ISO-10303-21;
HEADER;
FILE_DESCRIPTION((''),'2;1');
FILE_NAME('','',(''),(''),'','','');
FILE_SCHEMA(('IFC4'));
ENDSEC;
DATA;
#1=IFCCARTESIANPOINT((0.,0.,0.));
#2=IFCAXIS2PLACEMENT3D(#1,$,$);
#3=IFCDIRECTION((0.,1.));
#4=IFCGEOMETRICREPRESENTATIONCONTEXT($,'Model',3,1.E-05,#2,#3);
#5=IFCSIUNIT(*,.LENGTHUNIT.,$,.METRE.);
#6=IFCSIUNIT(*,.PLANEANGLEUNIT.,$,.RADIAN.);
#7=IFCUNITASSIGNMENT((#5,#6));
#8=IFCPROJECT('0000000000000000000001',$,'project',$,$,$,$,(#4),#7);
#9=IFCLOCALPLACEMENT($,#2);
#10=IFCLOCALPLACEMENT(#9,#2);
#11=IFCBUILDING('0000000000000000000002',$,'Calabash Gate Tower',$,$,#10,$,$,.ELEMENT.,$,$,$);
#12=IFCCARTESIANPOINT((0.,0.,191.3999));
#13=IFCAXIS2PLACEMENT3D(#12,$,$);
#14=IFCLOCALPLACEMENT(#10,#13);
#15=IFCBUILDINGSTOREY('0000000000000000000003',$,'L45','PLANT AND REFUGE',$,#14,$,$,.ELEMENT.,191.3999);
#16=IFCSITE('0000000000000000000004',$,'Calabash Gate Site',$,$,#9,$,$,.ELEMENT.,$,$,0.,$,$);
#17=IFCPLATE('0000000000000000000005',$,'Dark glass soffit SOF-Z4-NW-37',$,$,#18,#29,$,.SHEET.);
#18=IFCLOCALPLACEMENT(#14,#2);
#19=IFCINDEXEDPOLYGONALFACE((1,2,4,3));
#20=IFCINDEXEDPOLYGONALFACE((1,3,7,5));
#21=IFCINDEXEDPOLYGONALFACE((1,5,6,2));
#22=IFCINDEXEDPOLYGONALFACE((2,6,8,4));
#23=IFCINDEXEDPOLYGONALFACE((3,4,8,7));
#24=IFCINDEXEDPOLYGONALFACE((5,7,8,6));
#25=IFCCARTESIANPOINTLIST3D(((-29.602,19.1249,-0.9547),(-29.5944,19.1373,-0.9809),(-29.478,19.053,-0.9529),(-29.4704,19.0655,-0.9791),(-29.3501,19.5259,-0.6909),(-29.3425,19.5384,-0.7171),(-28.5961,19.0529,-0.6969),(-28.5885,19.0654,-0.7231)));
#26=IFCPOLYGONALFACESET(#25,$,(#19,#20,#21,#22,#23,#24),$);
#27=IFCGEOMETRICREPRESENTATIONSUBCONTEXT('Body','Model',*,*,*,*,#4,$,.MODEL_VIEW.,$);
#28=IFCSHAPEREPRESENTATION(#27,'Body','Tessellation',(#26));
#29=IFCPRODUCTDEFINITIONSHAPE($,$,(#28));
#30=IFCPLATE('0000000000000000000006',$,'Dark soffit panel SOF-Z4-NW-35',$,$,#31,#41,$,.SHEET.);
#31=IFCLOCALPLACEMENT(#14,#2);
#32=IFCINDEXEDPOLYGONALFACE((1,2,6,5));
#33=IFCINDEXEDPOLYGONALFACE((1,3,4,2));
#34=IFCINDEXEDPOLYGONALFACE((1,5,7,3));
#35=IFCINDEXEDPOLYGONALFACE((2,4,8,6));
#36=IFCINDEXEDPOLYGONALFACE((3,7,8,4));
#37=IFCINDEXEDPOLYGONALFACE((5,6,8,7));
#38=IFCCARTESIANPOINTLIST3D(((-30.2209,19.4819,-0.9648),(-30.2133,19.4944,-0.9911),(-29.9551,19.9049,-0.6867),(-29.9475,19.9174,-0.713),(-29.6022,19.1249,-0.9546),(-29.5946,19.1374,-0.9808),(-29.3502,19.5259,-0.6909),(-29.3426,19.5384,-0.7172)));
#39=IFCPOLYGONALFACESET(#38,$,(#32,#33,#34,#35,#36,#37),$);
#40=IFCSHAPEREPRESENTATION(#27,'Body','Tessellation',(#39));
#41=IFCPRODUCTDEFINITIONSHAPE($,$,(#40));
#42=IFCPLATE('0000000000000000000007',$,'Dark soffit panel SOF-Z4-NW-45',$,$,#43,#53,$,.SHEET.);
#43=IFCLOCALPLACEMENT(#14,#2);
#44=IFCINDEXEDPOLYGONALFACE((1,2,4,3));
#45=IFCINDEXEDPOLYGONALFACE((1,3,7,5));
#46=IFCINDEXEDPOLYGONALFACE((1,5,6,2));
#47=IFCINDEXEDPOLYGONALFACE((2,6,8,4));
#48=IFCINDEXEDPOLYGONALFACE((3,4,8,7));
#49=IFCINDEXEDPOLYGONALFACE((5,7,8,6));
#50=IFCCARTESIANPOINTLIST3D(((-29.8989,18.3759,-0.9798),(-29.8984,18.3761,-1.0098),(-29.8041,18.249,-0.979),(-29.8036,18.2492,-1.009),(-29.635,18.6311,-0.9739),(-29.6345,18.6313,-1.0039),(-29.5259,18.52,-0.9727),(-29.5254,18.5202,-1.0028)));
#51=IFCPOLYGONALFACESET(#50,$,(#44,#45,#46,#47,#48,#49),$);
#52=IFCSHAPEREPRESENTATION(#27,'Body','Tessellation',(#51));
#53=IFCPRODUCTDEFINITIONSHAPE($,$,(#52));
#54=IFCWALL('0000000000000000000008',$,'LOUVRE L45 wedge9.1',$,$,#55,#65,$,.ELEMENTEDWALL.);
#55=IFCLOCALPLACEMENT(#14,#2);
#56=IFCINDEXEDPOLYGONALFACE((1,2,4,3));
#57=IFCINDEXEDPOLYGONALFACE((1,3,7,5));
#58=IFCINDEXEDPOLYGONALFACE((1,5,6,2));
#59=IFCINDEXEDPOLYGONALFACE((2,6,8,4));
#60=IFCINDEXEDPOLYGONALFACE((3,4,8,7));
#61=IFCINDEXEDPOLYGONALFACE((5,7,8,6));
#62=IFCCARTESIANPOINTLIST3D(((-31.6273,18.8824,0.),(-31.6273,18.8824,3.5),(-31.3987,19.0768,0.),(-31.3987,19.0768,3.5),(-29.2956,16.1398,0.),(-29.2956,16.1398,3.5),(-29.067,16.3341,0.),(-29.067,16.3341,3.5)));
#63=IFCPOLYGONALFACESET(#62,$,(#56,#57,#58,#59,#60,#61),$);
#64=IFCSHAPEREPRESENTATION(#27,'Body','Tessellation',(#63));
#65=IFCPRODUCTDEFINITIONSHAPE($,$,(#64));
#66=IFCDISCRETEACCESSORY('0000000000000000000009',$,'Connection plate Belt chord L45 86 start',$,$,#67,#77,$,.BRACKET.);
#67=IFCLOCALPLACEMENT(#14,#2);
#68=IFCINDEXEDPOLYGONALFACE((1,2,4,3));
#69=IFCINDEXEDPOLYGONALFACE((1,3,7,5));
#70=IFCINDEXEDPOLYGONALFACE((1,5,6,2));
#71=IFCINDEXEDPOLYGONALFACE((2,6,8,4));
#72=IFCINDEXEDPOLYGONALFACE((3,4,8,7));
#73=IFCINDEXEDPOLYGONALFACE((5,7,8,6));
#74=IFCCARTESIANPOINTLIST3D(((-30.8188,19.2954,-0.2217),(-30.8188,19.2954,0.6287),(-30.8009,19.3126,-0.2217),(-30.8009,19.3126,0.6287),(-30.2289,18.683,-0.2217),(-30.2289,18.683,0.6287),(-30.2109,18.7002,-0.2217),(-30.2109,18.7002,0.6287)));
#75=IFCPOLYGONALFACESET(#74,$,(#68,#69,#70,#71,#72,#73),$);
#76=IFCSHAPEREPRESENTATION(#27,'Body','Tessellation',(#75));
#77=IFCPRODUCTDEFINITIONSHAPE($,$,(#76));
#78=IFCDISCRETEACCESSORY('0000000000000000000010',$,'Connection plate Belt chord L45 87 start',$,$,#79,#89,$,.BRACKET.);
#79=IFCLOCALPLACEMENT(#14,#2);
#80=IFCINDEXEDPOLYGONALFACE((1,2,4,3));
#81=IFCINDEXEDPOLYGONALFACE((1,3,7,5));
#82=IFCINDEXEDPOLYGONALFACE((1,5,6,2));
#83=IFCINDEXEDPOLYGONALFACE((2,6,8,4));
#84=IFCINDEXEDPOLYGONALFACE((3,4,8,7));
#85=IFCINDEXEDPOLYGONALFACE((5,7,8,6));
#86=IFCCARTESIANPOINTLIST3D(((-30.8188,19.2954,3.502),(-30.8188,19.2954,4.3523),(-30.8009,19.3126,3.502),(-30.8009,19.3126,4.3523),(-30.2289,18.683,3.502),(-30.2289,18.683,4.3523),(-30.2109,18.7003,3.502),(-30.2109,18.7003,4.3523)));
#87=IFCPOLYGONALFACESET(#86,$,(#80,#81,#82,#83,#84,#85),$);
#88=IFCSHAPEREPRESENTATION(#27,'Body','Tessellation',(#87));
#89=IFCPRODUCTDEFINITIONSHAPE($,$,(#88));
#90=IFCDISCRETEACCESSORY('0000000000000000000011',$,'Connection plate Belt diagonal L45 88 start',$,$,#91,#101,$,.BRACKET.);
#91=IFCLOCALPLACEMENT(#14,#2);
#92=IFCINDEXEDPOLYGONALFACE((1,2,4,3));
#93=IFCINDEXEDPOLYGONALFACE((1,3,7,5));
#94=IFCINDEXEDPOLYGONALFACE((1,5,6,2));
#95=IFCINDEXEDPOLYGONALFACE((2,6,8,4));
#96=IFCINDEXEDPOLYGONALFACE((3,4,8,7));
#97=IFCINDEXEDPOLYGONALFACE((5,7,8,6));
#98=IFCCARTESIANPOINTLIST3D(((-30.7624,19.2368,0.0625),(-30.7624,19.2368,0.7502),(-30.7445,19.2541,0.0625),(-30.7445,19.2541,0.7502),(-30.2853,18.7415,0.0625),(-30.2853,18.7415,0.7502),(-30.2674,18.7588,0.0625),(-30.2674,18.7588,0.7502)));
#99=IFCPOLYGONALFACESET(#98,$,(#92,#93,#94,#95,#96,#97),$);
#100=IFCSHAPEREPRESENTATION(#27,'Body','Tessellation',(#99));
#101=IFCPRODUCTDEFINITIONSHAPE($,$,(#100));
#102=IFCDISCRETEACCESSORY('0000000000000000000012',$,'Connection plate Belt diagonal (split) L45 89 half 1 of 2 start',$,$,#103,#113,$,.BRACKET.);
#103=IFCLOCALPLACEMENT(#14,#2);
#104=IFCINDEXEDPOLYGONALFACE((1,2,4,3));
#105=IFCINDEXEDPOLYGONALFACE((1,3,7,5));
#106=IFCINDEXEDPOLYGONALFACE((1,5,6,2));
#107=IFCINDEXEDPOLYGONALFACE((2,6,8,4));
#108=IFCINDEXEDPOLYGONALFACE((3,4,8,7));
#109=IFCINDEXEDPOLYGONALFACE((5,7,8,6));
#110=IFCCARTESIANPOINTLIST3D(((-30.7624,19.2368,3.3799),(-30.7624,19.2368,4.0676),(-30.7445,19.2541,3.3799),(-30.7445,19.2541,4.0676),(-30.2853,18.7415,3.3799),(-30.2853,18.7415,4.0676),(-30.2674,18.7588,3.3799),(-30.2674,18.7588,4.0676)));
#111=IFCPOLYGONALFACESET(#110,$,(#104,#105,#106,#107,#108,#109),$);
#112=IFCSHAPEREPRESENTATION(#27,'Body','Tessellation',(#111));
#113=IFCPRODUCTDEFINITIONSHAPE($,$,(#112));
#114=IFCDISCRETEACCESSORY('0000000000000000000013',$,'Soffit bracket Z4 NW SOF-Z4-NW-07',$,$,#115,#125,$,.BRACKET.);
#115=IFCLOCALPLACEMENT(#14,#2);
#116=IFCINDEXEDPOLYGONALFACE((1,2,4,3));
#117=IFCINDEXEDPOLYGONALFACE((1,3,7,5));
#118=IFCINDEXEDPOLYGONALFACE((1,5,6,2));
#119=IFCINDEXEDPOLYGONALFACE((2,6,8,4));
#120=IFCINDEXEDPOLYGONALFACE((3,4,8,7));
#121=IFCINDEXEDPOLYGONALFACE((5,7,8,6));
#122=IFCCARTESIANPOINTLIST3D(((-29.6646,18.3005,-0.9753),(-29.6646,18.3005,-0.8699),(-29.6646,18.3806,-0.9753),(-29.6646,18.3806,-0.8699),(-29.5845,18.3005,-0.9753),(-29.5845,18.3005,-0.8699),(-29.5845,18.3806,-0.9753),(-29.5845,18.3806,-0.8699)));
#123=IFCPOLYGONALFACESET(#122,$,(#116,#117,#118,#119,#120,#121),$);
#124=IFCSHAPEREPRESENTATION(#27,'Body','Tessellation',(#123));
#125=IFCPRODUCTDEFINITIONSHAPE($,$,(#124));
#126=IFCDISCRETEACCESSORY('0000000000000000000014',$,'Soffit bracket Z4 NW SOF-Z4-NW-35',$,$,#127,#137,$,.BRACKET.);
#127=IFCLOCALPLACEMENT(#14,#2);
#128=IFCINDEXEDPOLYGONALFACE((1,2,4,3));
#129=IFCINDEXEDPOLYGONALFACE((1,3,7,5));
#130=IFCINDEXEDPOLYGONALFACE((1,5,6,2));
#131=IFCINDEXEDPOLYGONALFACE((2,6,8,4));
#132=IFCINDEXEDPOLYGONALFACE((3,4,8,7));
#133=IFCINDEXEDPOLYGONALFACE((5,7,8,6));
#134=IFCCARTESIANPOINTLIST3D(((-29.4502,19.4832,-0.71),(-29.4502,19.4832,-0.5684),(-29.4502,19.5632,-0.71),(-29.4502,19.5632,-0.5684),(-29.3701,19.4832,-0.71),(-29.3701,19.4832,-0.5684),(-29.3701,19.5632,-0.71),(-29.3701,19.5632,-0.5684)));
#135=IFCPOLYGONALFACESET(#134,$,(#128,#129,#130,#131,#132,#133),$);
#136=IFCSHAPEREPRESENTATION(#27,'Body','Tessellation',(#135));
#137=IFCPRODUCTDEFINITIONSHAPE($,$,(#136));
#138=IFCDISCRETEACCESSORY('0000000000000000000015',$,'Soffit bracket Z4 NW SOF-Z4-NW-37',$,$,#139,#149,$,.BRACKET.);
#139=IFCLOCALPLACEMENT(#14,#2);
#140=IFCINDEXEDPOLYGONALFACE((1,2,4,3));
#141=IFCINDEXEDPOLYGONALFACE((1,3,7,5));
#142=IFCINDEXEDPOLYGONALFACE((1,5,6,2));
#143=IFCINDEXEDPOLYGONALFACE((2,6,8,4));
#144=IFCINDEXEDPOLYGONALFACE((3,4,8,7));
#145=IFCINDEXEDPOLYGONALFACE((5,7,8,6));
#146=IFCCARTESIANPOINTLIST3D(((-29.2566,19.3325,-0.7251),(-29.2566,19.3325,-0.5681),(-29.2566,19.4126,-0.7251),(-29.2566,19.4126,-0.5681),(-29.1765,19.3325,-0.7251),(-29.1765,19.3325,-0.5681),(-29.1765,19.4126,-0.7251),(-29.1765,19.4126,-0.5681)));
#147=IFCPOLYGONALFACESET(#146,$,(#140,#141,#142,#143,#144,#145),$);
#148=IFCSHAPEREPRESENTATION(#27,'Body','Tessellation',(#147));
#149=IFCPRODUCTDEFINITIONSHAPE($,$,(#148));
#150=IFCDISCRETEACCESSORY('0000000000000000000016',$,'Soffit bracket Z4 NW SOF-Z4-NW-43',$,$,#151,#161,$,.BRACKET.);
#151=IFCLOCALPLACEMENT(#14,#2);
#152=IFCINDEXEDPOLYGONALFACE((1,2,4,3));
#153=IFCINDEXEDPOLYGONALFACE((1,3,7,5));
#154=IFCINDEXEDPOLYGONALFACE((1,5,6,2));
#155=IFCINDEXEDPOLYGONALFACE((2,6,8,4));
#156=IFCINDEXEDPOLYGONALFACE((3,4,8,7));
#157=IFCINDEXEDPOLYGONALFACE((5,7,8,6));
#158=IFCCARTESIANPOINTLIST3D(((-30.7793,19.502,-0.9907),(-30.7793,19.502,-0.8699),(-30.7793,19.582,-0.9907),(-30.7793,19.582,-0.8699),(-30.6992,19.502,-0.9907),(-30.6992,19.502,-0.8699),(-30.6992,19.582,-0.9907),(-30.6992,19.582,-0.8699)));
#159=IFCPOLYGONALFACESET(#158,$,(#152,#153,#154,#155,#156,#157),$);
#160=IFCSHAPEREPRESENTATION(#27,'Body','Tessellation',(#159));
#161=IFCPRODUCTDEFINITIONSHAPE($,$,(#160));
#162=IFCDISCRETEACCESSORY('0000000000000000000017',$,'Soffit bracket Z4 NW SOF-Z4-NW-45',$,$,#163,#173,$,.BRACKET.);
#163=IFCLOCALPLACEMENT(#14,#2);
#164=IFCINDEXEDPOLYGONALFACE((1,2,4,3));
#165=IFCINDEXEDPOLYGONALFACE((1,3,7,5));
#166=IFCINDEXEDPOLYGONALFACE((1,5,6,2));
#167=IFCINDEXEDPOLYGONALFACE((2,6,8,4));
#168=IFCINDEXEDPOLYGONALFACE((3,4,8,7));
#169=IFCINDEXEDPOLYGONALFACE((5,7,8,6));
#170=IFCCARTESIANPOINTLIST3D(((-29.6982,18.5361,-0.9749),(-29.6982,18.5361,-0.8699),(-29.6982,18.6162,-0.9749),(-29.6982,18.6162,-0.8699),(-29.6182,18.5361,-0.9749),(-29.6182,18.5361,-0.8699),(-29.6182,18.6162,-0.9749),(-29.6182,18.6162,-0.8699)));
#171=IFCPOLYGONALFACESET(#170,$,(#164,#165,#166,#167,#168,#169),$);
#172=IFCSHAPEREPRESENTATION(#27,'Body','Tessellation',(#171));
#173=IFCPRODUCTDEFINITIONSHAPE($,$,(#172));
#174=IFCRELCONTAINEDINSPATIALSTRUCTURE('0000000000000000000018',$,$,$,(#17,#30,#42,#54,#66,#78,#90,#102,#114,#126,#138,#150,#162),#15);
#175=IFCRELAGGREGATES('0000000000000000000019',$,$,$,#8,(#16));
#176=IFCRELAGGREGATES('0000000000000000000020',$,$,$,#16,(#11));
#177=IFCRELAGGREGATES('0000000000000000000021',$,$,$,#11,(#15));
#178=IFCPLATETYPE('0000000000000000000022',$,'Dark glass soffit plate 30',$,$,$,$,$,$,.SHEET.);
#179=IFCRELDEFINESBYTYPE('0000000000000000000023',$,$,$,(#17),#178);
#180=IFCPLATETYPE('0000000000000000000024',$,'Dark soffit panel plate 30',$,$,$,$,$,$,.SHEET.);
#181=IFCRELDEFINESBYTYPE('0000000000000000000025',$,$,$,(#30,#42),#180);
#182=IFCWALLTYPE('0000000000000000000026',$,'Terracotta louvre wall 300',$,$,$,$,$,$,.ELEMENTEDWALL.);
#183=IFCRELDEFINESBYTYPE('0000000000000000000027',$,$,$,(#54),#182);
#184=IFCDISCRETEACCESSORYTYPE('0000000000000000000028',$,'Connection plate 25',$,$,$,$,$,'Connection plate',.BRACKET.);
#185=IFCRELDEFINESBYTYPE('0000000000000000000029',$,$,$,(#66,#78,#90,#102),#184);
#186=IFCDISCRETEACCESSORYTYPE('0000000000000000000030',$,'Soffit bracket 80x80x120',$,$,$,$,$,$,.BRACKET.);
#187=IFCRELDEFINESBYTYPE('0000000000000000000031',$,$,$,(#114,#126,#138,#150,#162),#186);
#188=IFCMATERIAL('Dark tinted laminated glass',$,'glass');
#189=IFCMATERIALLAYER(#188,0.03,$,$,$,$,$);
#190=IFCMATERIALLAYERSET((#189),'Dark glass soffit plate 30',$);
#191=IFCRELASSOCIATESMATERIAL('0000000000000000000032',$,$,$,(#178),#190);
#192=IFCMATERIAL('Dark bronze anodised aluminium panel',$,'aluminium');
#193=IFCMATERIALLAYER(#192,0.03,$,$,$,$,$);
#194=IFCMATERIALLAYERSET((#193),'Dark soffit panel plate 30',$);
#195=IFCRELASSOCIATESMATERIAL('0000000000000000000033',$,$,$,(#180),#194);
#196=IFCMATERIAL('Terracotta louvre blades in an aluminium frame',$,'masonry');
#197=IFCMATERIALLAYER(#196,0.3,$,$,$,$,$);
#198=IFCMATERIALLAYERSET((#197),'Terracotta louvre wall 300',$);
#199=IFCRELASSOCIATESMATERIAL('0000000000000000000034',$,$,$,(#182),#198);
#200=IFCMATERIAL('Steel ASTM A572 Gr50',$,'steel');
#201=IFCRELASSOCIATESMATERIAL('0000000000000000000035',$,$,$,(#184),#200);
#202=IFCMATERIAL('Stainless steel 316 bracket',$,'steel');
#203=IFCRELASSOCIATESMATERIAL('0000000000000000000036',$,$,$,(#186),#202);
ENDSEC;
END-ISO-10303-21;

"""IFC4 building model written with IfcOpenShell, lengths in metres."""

from ifc_helpers import new_model, si_unit, direction, frame, frame_2d, origin, origin_2d, place, context, subcontext, project, spatial, polyline, rectangle, outline, extrude, material, layer, layer_set, type_object, element, save


model = new_model("IFC4")

# Units and contexts
model_context = context("Model", 3, precision=1e-05, world=origin(), true_north=direction((0.0, 1.0)))
body_context = subcontext(model_context, "Body", "Model", "MODEL_VIEW")
ifc_project = project(units=[si_unit("LENGTHUNIT", "METRE"), si_unit("PLANEANGLEUNIT", "RADIAN")], contexts=[model_context])

# Site, building, storey
site_placement = place(None, origin())
site = spatial("IfcSite", under=ifc_project, at=site_placement, Name="Calabash Gate Site", CompositionType="ELEMENT", RefElevation=0.0)
building_placement = place(site_placement, origin())
building = spatial("IfcBuilding", under=site, at=building_placement, Name="Calabash Gate Tower", CompositionType="ELEMENT")
storey_placement = place(building_placement, frame((0.0, 0.0, 191.3999)))
storey = spatial("IfcBuildingStorey", under=building, at=storey_placement, Name="L45", Description="PLANT AND REFUGE", CompositionType="ELEMENT", Elevation=191.3999)

# Plates
ifc_material_1 = material(Name="Dark tinted laminated glass", Category="glass")
ifc_layer_1 = layer(ifc_material_1, 0.03)
ifc_layer_set_1 = layer_set([ifc_layer_1], Name="Dark glass soffit plate 30")
plate_type_1 = type_object("IfcPlateType", Name="Dark glass soffit plate 30", PredefinedType="SHEET", material=ifc_layer_set_1)
plate_1_placement = place(storey_placement, frame((-29.478, 19.053, -0.9529), z_axis=(-0.253592, -0.415332, 0.873608), x_axis=(-0.864982, 0.501645, -0.012595)))
element("IfcPlate", 1, at=plate_1_placement, inside=storey, type_object=plate_type_1, Name="Dark glass soffit SOF-Z4-NW-37", PredefinedType="SHEET", context=body_context, shape_type="SweptSolid", body=[
    extrude(outline(polyline([(0.0, 0.0), (0.1433, 0.0), (0.1233, -0.5417), (-0.7661, -0.5063), (0.0, 0.0)])), origin(), (0.0, 0.0, -1.0), 0.03),
])
ifc_material_2 = material(Name="Dark bronze anodised aluminium panel", Category="aluminium")
ifc_layer_2 = layer(ifc_material_2, 0.03)
ifc_layer_set_2 = layer_set([ifc_layer_2], Name="Dark soffit panel plate 30")
plate_type_2 = type_object("IfcPlateType", Name="Dark soffit panel plate 30", PredefinedType="SHEET", material=ifc_layer_set_2)
plate_2_placement = place(storey_placement, frame((-30.2209, 19.4819, -0.9648), z_axis=(-0.253893, -0.4149, 0.873725), x_axis=(0.464886, 0.739799, 0.486393)))
element("IfcPlate", 2, at=plate_2_placement, inside=storey, type_object=plate_type_2, Name="Dark soffit panel SOF-Z4-NW-35", PredefinedType="SHEET", context=body_context, shape_type="SweptSolid", body=[
    extrude(outline(polyline([(0.0, 0.0), (0.5718, 0.0), (0.5706, -0.7139), (0.0286, -0.7139), (0.0, 0.0)])), origin(), (0.0, 0.0, -1.0), 0.03),
])
plate_3_placement = place(storey_placement, frame((-29.635, 18.6311, -0.9739), z_axis=(-0.016636, -0.00606, 0.999843), x_axis=(0.700777, -0.713343, 0.007336)))
element("IfcPlate", 3, at=plate_3_placement, inside=storey, type_object=plate_type_2, Name="Dark soffit panel SOF-Z4-NW-45", PredefinedType="SHEET", context=body_context, shape_type="SweptSolid", body=[
    extrude(outline(polyline([(0.0, 0.0), (0.1558, 0.0), (0.1541, -0.3884), (-0.0029, -0.3672), (0.0, 0.0)])), origin(), (0.0, 0.0, -1.0), 0.03),
])

# Wall
ifc_material_3 = material(Name="Terracotta louvre blades in an aluminium frame", Category="masonry")
ifc_layer_3 = layer(ifc_material_3, 0.3)
ifc_layer_set_3 = layer_set([ifc_layer_3], Name="Terracotta louvre wall 300")
wall_type = type_object("IfcWallType", Name="Terracotta louvre wall 300", PredefinedType="ELEMENTEDWALL", material=ifc_layer_set_3)
wall_placement = place(storey_placement, frame((-31.5129, 18.9795, 0.0), z_axis=(0.0, 0.0, 1.0), x_axis=(0.647731, -0.761869, 0.0)))
element("IfcWall", 4, at=wall_placement, inside=storey, type_object=wall_type, Name="LOUVRE L45 wedge9.1", PredefinedType="ELEMENTEDWALL", context=body_context, shape_type="SweptSolid", body=[
    extrude(rectangle(XDim=3.5999, YDim=0.3, at=frame_2d((1.7998, 0.0))), origin(), (0.0, 0.0, 1.0), 3.5),
])

# Discrete accessories
ifc_material_4 = material(Name="Steel ASTM A572 Gr50", Category="steel")
discrete_accessory_type_1 = type_object("IfcDiscreteAccessoryType", Name="Connection plate 25", ElementType="Connection plate", PredefinedType="BRACKET", material=ifc_material_4)
for number, where, z_axis, x_axis, name in (
    (5, (-30.5149, 18.9978, -0.2217), (0.0, 0.0, 1.0), (0.69379, -0.720178, 0.0), "Connection plate Belt chord L45 86 start"),
    (6, (-30.5149, 18.9978, 3.502), (0.0, 0.0, 1.0), (0.693808, -0.72016, 0.0), "Connection plate Belt chord L45 87 start"),
):
    element("IfcDiscreteAccessory", number, at=place(storey_placement, frame(where, z_axis=z_axis, x_axis=x_axis)), inside=storey, type_object=discrete_accessory_type_1, Name=name, PredefinedType="BRACKET", context=body_context, shape_type="SweptSolid", body=[
        extrude(rectangle(XDim=0.8503, YDim=0.0249, at=origin_2d()), origin(), (0.0, 0.0, 1.0), 0.8503),
    ])
for number, where, z_axis, x_axis, name in (
    (7, (-30.5149, 18.9978, 0.0625), (0.0, 0.0, 1.0), (0.69379, -0.720178, 0.0), "Connection plate Belt diagonal L45 88 start"),
    (8, (-30.5149, 18.9978, 3.3799), (0.0, 0.0, 1.0), (0.69379, -0.720178, 0.0), "Connection plate Belt diagonal (split) L45 89 half 1 of 2 start"),
):
    element("IfcDiscreteAccessory", number, at=place(storey_placement, frame(where, z_axis=z_axis, x_axis=x_axis)), inside=storey, type_object=discrete_accessory_type_1, Name=name, PredefinedType="BRACKET", context=body_context, shape_type="SweptSolid", body=[
        extrude(rectangle(XDim=0.6877, YDim=0.0249, at=origin_2d()), origin(), (0.0, 0.0, 1.0), 0.6877),
    ])
ifc_material_5 = material(Name="Stainless steel 316 bracket", Category="steel")
discrete_accessory_type_2 = type_object("IfcDiscreteAccessoryType", Name="Soffit bracket 80x80x120", PredefinedType="BRACKET", material=ifc_material_5)
discrete_accessory_1_placement = place(storey_placement, frame((-29.6245, 18.3406, -0.9753), z_axis=(0.0, 0.0, 1.0), x_axis=(1.0, 0.0, 0.0)))
element("IfcDiscreteAccessory", 9, at=discrete_accessory_1_placement, inside=storey, type_object=discrete_accessory_type_2, Name="Soffit bracket Z4 NW SOF-Z4-NW-07", PredefinedType="BRACKET", context=body_context, shape_type="SweptSolid", body=[
    extrude(rectangle(XDim=0.0801, YDim=0.0801, at=origin_2d()), origin(), (0.0, 0.0, 1.0), 0.1055),
])
discrete_accessory_2_placement = place(storey_placement, frame((-29.4102, 19.5232, -0.71), z_axis=(0.0, 0.0, 1.0), x_axis=(1.0, 0.0, 0.0)))
element("IfcDiscreteAccessory", 10, at=discrete_accessory_2_placement, inside=storey, type_object=discrete_accessory_type_2, Name="Soffit bracket Z4 NW SOF-Z4-NW-35", PredefinedType="BRACKET", context=body_context, shape_type="SweptSolid", body=[
    extrude(rectangle(XDim=0.0801, YDim=0.0801, at=origin_2d()), origin(), (0.0, 0.0, 1.0), 0.1416),
])
discrete_accessory_3_placement = place(storey_placement, frame((-29.2166, 19.3726, -0.7251), z_axis=(0.0, 0.0, 1.0), x_axis=(1.0, 0.0, 0.0)))
element("IfcDiscreteAccessory", 11, at=discrete_accessory_3_placement, inside=storey, type_object=discrete_accessory_type_2, Name="Soffit bracket Z4 NW SOF-Z4-NW-37", PredefinedType="BRACKET", context=body_context, shape_type="SweptSolid", body=[
    extrude(rectangle(XDim=0.0801, YDim=0.0801, at=origin_2d()), origin(), (0.0, 0.0, 1.0), 0.157),
])
discrete_accessory_4_placement = place(storey_placement, frame((-30.7393, 19.542, -0.9907), z_axis=(0.0, 0.0, 1.0), x_axis=(1.0, 0.0, 0.0)))
element("IfcDiscreteAccessory", 12, at=discrete_accessory_4_placement, inside=storey, type_object=discrete_accessory_type_2, Name="Soffit bracket Z4 NW SOF-Z4-NW-43", PredefinedType="BRACKET", context=body_context, shape_type="SweptSolid", body=[
    extrude(rectangle(XDim=0.0801, YDim=0.0801, at=origin_2d()), origin(), (0.0, 0.0, 1.0), 0.1208),
])
discrete_accessory_5_placement = place(storey_placement, frame((-29.6582, 18.5762, -0.9749), z_axis=(0.0, 0.0, 1.0), x_axis=(1.0, 0.0, 0.0)))
element("IfcDiscreteAccessory", 13, at=discrete_accessory_5_placement, inside=storey, type_object=discrete_accessory_type_2, Name="Soffit bracket Z4 NW SOF-Z4-NW-45", PredefinedType="BRACKET", context=body_context, shape_type="SweptSolid", body=[
    extrude(rectangle(XDim=0.0801, YDim=0.0801, at=origin_2d()), origin(), (0.0, 0.0, 1.0), 0.105),
])

save(model, "model.ifc")
